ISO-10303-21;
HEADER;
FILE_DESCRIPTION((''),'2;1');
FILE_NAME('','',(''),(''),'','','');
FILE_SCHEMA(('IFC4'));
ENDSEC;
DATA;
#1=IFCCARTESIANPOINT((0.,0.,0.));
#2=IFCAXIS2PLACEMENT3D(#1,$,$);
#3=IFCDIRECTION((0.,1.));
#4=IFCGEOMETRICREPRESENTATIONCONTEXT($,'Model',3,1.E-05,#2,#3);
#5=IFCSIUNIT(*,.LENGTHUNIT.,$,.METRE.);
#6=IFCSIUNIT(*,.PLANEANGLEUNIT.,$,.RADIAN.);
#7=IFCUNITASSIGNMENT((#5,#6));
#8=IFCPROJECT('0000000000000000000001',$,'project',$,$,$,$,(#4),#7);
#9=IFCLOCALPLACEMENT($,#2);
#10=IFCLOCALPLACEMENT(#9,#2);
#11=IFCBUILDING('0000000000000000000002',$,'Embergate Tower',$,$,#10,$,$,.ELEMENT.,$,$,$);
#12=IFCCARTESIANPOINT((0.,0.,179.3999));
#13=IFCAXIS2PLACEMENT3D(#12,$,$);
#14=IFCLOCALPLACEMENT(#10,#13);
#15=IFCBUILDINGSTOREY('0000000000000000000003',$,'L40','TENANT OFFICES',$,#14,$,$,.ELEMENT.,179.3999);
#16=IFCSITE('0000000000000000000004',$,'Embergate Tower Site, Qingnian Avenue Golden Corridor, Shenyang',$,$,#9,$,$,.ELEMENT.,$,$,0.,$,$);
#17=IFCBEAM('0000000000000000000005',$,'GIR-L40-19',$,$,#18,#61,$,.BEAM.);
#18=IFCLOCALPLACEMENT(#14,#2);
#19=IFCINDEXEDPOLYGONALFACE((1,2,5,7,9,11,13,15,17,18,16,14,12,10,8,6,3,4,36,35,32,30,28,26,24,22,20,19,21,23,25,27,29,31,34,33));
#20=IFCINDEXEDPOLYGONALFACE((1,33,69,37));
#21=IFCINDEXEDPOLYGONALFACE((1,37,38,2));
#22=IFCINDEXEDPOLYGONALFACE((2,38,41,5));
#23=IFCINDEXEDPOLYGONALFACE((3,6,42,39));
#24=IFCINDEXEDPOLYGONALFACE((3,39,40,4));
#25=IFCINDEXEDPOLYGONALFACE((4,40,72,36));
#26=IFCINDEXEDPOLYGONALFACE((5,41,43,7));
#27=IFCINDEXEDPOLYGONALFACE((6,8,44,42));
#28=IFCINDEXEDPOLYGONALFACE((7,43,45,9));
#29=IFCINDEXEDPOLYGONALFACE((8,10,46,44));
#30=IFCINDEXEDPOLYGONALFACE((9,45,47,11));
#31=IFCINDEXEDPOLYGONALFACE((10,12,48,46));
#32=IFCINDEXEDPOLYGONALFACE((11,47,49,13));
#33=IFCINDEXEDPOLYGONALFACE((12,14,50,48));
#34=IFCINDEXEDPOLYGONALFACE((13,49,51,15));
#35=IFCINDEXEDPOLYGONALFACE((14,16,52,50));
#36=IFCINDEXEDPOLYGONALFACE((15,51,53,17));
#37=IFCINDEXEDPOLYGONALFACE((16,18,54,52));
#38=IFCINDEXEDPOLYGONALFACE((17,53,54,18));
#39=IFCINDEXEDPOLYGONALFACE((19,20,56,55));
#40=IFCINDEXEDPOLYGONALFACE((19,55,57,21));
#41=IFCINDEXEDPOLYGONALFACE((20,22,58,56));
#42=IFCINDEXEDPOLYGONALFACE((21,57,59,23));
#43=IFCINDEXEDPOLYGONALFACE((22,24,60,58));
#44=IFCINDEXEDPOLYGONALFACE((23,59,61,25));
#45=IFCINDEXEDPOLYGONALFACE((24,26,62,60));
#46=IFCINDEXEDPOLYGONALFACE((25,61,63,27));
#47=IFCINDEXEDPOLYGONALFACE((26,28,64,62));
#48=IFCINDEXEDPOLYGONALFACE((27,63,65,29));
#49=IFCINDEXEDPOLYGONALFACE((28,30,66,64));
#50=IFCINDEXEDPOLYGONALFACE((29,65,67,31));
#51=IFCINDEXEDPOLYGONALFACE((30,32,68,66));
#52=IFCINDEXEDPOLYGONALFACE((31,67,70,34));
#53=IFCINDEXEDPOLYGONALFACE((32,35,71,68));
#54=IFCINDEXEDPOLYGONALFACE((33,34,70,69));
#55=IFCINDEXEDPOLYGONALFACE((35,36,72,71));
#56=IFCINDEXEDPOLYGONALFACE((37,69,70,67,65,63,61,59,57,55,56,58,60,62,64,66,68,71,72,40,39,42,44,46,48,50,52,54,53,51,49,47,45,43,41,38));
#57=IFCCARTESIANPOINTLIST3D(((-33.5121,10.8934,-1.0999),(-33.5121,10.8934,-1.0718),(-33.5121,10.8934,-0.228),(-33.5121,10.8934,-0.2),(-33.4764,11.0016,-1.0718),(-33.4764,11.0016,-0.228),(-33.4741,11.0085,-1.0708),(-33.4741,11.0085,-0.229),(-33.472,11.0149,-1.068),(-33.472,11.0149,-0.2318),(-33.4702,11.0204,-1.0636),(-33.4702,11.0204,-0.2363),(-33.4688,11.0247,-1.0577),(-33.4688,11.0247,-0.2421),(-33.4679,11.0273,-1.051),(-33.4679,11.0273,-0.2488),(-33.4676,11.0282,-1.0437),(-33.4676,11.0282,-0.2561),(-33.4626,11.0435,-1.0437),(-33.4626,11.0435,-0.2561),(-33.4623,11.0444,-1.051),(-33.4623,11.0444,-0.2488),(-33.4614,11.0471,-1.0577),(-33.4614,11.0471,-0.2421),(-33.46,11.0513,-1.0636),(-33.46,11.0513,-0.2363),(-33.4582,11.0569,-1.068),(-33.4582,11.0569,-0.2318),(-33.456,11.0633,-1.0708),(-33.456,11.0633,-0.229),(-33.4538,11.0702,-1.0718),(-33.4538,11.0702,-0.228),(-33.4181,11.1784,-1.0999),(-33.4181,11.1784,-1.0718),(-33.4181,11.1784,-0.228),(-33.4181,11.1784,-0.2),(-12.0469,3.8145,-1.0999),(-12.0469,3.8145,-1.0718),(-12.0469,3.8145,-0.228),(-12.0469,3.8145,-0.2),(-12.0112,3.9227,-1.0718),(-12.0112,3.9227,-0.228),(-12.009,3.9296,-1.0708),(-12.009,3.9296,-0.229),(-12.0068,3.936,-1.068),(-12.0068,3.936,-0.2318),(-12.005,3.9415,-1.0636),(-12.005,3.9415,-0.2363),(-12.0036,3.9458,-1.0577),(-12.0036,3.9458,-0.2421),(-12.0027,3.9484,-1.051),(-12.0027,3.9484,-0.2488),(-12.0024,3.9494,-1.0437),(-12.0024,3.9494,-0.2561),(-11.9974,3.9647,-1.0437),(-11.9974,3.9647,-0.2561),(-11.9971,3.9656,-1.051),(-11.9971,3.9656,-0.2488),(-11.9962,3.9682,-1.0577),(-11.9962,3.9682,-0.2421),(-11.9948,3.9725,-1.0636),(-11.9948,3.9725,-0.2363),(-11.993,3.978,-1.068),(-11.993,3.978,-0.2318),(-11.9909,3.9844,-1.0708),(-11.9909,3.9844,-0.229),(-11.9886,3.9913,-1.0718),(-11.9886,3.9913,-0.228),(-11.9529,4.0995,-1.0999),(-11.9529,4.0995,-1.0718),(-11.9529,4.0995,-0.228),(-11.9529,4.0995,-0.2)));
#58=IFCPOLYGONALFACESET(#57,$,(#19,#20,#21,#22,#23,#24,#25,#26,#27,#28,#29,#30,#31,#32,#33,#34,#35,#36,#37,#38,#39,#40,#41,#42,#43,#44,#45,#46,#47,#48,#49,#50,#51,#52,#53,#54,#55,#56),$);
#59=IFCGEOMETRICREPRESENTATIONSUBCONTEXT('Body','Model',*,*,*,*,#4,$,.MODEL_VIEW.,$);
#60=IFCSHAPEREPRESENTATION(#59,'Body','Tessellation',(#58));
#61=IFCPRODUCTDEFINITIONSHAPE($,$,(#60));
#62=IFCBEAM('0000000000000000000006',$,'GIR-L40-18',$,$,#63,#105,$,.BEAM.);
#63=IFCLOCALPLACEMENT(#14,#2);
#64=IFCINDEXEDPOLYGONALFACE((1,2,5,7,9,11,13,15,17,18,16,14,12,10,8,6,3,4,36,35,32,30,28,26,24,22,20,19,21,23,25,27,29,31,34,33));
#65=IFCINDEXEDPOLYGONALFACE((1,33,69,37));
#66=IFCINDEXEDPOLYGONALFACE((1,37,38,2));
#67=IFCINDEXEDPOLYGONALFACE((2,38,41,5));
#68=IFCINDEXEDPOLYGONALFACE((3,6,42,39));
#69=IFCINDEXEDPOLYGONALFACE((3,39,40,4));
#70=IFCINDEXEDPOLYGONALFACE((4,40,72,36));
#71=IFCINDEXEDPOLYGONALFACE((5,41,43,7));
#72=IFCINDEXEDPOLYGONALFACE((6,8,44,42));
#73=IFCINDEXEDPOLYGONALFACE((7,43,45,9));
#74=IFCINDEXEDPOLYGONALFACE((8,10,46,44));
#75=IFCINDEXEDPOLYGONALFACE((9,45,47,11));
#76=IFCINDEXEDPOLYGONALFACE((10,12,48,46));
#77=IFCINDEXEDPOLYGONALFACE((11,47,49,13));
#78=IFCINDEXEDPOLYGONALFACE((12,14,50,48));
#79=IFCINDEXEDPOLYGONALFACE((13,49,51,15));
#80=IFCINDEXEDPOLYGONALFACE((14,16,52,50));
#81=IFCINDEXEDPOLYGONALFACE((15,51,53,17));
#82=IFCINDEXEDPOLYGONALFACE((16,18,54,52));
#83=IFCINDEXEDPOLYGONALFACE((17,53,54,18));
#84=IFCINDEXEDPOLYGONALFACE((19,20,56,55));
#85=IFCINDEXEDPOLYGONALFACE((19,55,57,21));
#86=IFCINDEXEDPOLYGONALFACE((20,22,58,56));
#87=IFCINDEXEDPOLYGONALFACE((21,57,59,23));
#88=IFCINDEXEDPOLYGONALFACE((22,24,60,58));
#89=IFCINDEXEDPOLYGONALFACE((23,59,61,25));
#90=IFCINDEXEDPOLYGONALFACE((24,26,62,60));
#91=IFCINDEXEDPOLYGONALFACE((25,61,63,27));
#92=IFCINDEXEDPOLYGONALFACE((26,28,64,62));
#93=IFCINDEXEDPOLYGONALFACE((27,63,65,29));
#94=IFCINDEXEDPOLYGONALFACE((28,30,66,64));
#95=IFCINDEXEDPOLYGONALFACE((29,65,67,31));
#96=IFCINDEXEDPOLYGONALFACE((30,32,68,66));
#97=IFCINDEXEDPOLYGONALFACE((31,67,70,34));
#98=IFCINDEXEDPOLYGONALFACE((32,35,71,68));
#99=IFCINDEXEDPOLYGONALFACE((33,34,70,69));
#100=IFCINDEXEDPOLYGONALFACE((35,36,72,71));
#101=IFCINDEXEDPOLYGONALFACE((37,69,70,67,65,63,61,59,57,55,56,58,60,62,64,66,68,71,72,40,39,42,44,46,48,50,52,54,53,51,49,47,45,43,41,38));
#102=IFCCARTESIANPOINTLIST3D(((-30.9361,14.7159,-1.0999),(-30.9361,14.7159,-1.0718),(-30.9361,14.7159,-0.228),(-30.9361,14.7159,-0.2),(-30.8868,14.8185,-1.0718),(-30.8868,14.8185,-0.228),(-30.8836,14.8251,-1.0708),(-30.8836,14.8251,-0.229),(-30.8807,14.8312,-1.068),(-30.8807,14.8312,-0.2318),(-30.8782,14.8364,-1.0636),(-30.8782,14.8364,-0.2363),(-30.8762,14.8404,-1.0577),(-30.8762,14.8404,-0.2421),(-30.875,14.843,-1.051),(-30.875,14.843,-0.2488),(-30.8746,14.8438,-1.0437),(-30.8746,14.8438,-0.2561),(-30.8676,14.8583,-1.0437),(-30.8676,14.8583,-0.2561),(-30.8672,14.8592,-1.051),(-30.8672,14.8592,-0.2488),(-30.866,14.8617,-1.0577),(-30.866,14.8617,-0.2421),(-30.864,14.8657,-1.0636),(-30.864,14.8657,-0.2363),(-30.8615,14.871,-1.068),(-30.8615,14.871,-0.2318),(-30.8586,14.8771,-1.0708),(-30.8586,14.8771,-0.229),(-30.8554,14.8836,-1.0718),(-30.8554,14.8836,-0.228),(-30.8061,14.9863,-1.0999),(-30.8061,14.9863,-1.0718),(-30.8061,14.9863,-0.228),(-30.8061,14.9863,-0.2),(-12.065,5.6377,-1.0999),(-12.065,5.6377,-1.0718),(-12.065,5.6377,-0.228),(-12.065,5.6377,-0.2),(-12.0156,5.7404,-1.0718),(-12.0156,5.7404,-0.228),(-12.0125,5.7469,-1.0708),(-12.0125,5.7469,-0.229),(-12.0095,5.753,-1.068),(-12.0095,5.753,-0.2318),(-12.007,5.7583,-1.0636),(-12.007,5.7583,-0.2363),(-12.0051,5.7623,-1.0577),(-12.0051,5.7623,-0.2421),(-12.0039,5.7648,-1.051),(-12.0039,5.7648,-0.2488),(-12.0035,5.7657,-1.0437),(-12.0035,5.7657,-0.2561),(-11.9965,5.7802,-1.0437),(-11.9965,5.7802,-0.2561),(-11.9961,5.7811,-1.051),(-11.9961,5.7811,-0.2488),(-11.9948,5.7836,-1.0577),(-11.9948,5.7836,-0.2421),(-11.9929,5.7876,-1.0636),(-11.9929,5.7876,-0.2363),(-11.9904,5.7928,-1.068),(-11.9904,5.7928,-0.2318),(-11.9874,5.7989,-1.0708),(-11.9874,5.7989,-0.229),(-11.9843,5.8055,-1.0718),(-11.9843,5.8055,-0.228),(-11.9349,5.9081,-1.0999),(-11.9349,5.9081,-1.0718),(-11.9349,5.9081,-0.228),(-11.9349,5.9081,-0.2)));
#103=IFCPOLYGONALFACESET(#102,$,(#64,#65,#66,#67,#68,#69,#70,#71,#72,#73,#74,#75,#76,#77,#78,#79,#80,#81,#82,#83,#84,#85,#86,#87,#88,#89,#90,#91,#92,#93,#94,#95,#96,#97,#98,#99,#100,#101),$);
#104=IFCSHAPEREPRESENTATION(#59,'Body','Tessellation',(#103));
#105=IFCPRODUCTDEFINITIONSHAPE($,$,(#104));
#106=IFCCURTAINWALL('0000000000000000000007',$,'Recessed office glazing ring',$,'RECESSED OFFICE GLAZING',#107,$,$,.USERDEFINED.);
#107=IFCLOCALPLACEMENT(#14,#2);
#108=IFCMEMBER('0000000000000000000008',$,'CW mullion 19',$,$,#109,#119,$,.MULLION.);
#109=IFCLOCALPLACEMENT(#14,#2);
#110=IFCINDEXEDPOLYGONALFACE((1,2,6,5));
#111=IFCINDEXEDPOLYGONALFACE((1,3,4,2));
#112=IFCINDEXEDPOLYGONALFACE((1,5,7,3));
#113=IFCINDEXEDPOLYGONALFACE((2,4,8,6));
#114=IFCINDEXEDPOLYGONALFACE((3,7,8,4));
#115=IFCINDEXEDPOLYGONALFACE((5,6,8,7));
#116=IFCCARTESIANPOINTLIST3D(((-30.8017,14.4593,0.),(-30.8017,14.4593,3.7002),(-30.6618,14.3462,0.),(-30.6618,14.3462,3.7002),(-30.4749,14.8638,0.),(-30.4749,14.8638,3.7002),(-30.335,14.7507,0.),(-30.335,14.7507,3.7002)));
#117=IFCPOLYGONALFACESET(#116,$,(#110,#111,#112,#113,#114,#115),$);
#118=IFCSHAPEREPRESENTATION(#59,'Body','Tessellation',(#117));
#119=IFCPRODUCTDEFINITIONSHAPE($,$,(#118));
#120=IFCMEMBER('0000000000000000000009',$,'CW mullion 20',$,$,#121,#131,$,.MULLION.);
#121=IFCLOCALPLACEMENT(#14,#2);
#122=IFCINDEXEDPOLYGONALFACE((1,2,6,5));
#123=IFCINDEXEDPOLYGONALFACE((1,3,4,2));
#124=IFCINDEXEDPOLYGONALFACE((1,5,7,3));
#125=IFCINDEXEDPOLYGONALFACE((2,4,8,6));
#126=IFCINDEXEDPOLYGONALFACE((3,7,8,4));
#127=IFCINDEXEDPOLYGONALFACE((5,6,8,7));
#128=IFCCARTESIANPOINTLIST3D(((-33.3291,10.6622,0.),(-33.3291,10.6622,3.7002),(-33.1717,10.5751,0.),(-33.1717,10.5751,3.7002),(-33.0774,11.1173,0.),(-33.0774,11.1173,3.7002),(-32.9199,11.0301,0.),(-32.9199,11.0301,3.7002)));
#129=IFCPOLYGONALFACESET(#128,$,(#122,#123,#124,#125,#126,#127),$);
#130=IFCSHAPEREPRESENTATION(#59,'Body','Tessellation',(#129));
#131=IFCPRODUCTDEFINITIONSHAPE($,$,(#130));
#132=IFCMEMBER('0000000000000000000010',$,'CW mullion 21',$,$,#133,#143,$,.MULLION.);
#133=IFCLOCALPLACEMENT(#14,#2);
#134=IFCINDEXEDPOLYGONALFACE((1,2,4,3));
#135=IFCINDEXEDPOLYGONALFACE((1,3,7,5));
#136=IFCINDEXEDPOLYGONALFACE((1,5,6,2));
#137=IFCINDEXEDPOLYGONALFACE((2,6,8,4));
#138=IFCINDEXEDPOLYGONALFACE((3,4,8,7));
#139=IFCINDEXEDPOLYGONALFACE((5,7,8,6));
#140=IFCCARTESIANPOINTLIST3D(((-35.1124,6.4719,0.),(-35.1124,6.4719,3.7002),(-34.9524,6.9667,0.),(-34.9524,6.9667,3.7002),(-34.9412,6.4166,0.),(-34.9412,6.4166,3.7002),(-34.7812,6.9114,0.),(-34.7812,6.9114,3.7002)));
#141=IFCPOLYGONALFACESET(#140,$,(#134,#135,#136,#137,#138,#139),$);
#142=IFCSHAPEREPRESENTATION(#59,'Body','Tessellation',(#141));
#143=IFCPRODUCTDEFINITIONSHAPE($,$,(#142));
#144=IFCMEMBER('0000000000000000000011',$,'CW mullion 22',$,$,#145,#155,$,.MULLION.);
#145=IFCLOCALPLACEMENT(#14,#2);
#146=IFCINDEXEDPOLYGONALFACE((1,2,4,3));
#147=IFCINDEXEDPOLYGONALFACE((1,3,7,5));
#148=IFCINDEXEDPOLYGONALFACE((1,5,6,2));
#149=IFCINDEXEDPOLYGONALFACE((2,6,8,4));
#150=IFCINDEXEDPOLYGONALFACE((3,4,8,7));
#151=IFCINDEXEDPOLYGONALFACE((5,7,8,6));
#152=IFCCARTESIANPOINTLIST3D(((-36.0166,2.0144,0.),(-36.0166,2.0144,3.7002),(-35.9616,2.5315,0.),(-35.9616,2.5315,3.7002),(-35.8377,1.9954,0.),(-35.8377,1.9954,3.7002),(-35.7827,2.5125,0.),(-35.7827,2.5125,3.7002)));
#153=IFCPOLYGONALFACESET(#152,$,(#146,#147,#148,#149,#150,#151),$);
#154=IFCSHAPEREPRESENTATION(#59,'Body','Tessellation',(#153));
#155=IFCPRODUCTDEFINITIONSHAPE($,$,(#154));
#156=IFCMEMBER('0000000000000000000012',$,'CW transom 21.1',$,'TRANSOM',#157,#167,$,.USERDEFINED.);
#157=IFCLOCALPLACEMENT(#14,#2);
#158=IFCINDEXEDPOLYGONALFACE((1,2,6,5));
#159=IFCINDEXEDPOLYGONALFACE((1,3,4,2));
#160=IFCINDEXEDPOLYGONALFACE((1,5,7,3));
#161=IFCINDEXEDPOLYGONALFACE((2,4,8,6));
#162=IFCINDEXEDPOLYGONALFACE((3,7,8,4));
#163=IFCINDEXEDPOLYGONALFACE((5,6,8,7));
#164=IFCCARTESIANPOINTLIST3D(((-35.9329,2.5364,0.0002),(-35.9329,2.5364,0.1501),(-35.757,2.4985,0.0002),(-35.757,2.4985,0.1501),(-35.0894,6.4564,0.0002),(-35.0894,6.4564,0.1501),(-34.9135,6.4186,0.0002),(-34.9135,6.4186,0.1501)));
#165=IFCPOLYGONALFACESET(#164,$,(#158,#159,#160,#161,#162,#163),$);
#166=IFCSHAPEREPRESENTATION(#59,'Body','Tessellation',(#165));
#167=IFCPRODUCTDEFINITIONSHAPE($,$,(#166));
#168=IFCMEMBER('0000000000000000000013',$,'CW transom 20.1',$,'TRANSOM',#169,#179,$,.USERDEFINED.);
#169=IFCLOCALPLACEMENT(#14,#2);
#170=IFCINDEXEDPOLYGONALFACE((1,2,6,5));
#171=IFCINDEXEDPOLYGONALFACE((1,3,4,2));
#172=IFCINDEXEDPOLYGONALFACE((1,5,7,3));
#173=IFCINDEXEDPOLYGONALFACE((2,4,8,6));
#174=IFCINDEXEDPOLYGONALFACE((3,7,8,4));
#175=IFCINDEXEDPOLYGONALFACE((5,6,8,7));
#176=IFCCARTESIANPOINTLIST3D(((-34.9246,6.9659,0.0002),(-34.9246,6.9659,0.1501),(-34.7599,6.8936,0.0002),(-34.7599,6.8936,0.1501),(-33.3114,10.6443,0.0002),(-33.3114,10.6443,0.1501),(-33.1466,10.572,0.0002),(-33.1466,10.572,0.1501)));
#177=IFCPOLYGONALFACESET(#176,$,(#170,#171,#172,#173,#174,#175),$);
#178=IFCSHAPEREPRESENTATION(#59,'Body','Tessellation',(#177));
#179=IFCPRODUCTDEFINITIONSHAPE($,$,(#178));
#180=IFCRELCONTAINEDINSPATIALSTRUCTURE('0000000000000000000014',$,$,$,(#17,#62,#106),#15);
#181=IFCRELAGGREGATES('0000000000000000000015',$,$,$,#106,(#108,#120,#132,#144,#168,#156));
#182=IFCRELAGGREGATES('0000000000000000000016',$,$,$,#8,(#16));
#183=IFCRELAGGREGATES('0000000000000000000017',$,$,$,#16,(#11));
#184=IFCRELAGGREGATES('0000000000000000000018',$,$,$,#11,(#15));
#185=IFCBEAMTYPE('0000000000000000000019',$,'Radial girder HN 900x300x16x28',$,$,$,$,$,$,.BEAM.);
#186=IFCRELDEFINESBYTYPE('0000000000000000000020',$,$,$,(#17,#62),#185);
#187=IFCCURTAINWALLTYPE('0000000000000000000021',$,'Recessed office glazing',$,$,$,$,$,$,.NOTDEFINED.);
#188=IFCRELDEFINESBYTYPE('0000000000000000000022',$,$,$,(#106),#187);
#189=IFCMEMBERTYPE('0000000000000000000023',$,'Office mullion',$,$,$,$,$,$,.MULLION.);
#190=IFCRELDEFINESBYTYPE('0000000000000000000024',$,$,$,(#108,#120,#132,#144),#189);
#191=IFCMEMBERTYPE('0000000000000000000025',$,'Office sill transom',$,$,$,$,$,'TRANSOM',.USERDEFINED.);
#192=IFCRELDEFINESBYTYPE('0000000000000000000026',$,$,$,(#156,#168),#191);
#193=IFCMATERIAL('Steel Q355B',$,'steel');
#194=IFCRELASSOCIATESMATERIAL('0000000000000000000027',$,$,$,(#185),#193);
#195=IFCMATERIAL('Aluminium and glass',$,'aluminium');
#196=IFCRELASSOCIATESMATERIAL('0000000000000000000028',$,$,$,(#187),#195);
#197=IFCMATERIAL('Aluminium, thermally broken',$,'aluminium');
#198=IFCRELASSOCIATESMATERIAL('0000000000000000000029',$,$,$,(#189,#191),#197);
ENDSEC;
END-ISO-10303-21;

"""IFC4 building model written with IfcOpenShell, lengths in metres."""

from ifc_helpers import new_model, si_unit, direction, frame, origin, origin_2d, place, context, subcontext, project, spatial, rectangle, i_section, extrude, source, transform, mapped, material, material_profile, profile_set, type_object, element, aggregate, save


model = new_model("IFC4")

# Units and contexts
model_context = context("Model", 3, precision=1e-05, world=origin(), true_north=direction((0.0, 1.0)))
body_context = subcontext(model_context, "Body", "Model", "MODEL_VIEW")
ifc_project = project(units=[si_unit("LENGTHUNIT", "METRE"), si_unit("PLANEANGLEUNIT", "RADIAN")], contexts=[model_context])

# Site, building, storey
site_placement = place(None, origin())
site = spatial("IfcSite", under=ifc_project, at=site_placement, Name="Embergate Tower Site, Qingnian Avenue Golden Corridor, Shenyang", CompositionType="ELEMENT", RefElevation=0.0)
building_placement = place(site_placement, origin())
building = spatial("IfcBuilding", under=site, at=building_placement, Name="Embergate Tower", CompositionType="ELEMENT")
storey_placement = place(building_placement, frame((0.0, 0.0, 179.3999)))
storey = spatial("IfcBuildingStorey", under=building, at=storey_placement, Name="L40", Description="TENANT OFFICES", CompositionType="ELEMENT", Elevation=179.3999)

# Beams
ifc_material_1 = material(Name="Steel Q355B", Category="steel")
ifc_material_profile_1 = material_profile(ifc_material_1, i_section(OverallWidth=0.3, OverallDepth=0.8999, WebThickness=0.0161, FlangeThickness=0.0281, FilletRadius=0.0281, at=origin_2d()), Name="HN 900x300x16x28")
ifc_profile_set_1 = profile_set([ifc_material_profile_1], Name="Steel Q355 grade B")
beam_type_1 = type_object("IfcBeamType", Name="Radial girder HN 900x300x16x28", PredefinedType="BEAM", material=ifc_profile_set_1)
shared_shape_1 = source(origin(), body_context, "Body", "SweptSolid", [
    extrude(i_section(OverallWidth=0.3, OverallDepth=0.8999, WebThickness=0.0161, FlangeThickness=0.0281, FilletRadius=0.0281, at=origin_2d()), origin(), (0.0, 0.0, 1.0), 22.6023),
])
beam_1_placement = place(storey_placement, frame((-33.4651, 11.0359, -0.6499), z_axis=(0.949689, -0.313193, 0.0), x_axis=(0.313193, 0.949689, 0.0)))
element("IfcBeam", 1, at=beam_1_placement, inside=storey, type_object=beam_type_1, Name="GIR-L40-19", PredefinedType="BEAM", context=body_context, shape_type="MappedRepresentation", body=[
    mapped(shared_shape_1, transform((0.0, 0.0, 0.0))),
])
shared_shape_2 = source(origin(), body_context, "Body", "SweptSolid", [
    extrude(i_section(OverallWidth=0.3, OverallDepth=0.8999, WebThickness=0.0161, FlangeThickness=0.0281, FilletRadius=0.0281, at=origin_2d()), origin(), (0.0, 0.0, 1.0), 20.9412),
])
beam_2_placement = place(storey_placement, frame((-30.8711, 14.8511, -0.6499), z_axis=(0.90115, -0.433507, 0.0), x_axis=(0.433507, 0.90115, 0.0)))
element("IfcBeam", 2, at=beam_2_placement, inside=storey, type_object=beam_type_1, Name="GIR-L40-18", PredefinedType="BEAM", context=body_context, shape_type="MappedRepresentation", body=[
    mapped(shared_shape_2, transform((0.0, 0.0, 0.0))),
])

# Curtain wall, members
ifc_material_2 = material(Name="Aluminium and glass", Category="aluminium")
curtain_wall_type = type_object("IfcCurtainWallType", Name="Recessed office glazing", PredefinedType="NOTDEFINED", material=ifc_material_2)
curtain_wall_placement = place(storey_placement, origin())
curtain_wall = element("IfcCurtainWall", 3, at=curtain_wall_placement, inside=storey, type_object=curtain_wall_type, Name="Recessed office glazing ring", ObjectType="RECESSED OFFICE GLAZING", PredefinedType="USERDEFINED")
ifc_material_3 = material(Name="Aluminium, thermally broken", Category="aluminium")
ifc_material_profile_2 = material_profile(ifc_material_3, rectangle(XDim=0.1799, YDim=0.52, at=origin_2d()), Name="AL 520x180")
ifc_profile_set_2 = profile_set([ifc_material_profile_2], Name="Aluminium, thermally broken")
member_type_1 = type_object("IfcMemberType", Name="Office mullion", PredefinedType="MULLION", material=ifc_profile_set_2)
shared_shape_3 = source(origin(), body_context, "Body", "SweptSolid", [
    extrude(rectangle(XDim=0.1799, YDim=0.52, at=origin_2d()), origin(), (0.0, 0.0, 1.0), 3.7002),
])
member_1_placement = place(storey_placement, frame((-30.5684, 14.605, 0.0), z_axis=(0.0, 0.0, 1.0), x_axis=(0.777867, -0.628429, 0.0)))
member_1 = element("IfcMember", 4, at=member_1_placement, type_object=member_type_1, Name="CW mullion 19", PredefinedType="MULLION", context=body_context, shape_type="MappedRepresentation", body=[
    mapped(shared_shape_3, transform((0.0, 0.0, 0.0))),
])
member_2_placement = place(storey_placement, frame((-33.1245, 10.8462, 0.0), z_axis=(0.0, 0.0, 1.0), x_axis=(0.874999, -0.484126, 0.0)))
member_2 = element("IfcMember", 5, at=member_2_placement, type_object=member_type_1, Name="CW mullion 20", PredefinedType="MULLION", context=body_context, shape_type="MappedRepresentation", body=[
    mapped(shared_shape_3, transform((0.0, 0.0, 0.0))),
])
member_3_placement = place(storey_placement, frame((-34.9468, 6.6917, 0.0), z_axis=(0.0, 0.0, 1.0), x_axis=(0.951496, -0.307661, 0.0)))
member_3 = element("IfcMember", 6, at=member_3_placement, type_object=member_type_1, Name="CW mullion 21", PredefinedType="MULLION", context=body_context, shape_type="MappedRepresentation", body=[
    mapped(shared_shape_3, transform((0.0, 0.0, 0.0))),
])
member_4_placement = place(storey_placement, frame((-35.8997, 2.2634, 0.0), z_axis=(0.0, 0.0, 1.0), x_axis=(0.994385, -0.105825, 0.0)))
member_4 = element("IfcMember", 7, at=member_4_placement, type_object=member_type_1, Name="CW mullion 22", PredefinedType="MULLION", context=body_context, shape_type="MappedRepresentation", body=[
    mapped(shared_shape_3, transform((0.0, 0.0, 0.0))),
])
ifc_material_profile_3 = material_profile(ifc_material_3, rectangle(XDim=0.1799, YDim=0.1499, at=origin_2d()), Name="AL 150x180")
ifc_profile_set_3 = profile_set([ifc_material_profile_3], Name="Aluminium, thermally broken")
member_type_2 = type_object("IfcMemberType", Name="Office sill transom", ElementType="TRANSOM", PredefinedType="USERDEFINED", material=ifc_profile_set_3)
shared_shape_4 = source(origin(), body_context, "Body", "SweptSolid", [
    extrude(rectangle(XDim=0.1799, YDim=0.1499, at=origin_2d()), origin(), (0.0, 0.0, 1.0), 4.0098),
])
member_5_placement = place(storey_placement, frame((-35.0015, 6.4375, 0.0752), z_axis=(-0.210369, -0.977622, 0.0), x_axis=(0.977622, -0.210369, 0.0)))
member_5 = element("IfcMember", 8, at=member_5_placement, type_object=member_type_2, Name="CW transom 21.1", ObjectType="TRANSOM", PredefinedType="USERDEFINED", context=body_context, shape_type="MappedRepresentation", body=[
    mapped(shared_shape_4, transform((0.0, 0.0, 0.0))),
])
shared_shape_5 = source(origin(), body_context, "Body", "SweptSolid", [
    extrude(rectangle(XDim=0.1799, YDim=0.1499, at=origin_2d()), origin(), (0.0, 0.0, 1.0), 4.0166),
])
member_6_placement = place(storey_placement, frame((-33.229, 10.6082, 0.0752), z_axis=(-0.401645, -0.915796, 0.0), x_axis=(0.915796, -0.401645, 0.0)))
member_6 = element("IfcMember", 9, at=member_6_placement, type_object=member_type_2, Name="CW transom 20.1", ObjectType="TRANSOM", PredefinedType="USERDEFINED", context=body_context, shape_type="MappedRepresentation", body=[
    mapped(shared_shape_5, transform((0.0, 0.0, 0.0))),
])
aggregate(curtain_wall, [member_1, member_2, member_3, member_4, member_6, member_5])

save(model, "model.ifc")
